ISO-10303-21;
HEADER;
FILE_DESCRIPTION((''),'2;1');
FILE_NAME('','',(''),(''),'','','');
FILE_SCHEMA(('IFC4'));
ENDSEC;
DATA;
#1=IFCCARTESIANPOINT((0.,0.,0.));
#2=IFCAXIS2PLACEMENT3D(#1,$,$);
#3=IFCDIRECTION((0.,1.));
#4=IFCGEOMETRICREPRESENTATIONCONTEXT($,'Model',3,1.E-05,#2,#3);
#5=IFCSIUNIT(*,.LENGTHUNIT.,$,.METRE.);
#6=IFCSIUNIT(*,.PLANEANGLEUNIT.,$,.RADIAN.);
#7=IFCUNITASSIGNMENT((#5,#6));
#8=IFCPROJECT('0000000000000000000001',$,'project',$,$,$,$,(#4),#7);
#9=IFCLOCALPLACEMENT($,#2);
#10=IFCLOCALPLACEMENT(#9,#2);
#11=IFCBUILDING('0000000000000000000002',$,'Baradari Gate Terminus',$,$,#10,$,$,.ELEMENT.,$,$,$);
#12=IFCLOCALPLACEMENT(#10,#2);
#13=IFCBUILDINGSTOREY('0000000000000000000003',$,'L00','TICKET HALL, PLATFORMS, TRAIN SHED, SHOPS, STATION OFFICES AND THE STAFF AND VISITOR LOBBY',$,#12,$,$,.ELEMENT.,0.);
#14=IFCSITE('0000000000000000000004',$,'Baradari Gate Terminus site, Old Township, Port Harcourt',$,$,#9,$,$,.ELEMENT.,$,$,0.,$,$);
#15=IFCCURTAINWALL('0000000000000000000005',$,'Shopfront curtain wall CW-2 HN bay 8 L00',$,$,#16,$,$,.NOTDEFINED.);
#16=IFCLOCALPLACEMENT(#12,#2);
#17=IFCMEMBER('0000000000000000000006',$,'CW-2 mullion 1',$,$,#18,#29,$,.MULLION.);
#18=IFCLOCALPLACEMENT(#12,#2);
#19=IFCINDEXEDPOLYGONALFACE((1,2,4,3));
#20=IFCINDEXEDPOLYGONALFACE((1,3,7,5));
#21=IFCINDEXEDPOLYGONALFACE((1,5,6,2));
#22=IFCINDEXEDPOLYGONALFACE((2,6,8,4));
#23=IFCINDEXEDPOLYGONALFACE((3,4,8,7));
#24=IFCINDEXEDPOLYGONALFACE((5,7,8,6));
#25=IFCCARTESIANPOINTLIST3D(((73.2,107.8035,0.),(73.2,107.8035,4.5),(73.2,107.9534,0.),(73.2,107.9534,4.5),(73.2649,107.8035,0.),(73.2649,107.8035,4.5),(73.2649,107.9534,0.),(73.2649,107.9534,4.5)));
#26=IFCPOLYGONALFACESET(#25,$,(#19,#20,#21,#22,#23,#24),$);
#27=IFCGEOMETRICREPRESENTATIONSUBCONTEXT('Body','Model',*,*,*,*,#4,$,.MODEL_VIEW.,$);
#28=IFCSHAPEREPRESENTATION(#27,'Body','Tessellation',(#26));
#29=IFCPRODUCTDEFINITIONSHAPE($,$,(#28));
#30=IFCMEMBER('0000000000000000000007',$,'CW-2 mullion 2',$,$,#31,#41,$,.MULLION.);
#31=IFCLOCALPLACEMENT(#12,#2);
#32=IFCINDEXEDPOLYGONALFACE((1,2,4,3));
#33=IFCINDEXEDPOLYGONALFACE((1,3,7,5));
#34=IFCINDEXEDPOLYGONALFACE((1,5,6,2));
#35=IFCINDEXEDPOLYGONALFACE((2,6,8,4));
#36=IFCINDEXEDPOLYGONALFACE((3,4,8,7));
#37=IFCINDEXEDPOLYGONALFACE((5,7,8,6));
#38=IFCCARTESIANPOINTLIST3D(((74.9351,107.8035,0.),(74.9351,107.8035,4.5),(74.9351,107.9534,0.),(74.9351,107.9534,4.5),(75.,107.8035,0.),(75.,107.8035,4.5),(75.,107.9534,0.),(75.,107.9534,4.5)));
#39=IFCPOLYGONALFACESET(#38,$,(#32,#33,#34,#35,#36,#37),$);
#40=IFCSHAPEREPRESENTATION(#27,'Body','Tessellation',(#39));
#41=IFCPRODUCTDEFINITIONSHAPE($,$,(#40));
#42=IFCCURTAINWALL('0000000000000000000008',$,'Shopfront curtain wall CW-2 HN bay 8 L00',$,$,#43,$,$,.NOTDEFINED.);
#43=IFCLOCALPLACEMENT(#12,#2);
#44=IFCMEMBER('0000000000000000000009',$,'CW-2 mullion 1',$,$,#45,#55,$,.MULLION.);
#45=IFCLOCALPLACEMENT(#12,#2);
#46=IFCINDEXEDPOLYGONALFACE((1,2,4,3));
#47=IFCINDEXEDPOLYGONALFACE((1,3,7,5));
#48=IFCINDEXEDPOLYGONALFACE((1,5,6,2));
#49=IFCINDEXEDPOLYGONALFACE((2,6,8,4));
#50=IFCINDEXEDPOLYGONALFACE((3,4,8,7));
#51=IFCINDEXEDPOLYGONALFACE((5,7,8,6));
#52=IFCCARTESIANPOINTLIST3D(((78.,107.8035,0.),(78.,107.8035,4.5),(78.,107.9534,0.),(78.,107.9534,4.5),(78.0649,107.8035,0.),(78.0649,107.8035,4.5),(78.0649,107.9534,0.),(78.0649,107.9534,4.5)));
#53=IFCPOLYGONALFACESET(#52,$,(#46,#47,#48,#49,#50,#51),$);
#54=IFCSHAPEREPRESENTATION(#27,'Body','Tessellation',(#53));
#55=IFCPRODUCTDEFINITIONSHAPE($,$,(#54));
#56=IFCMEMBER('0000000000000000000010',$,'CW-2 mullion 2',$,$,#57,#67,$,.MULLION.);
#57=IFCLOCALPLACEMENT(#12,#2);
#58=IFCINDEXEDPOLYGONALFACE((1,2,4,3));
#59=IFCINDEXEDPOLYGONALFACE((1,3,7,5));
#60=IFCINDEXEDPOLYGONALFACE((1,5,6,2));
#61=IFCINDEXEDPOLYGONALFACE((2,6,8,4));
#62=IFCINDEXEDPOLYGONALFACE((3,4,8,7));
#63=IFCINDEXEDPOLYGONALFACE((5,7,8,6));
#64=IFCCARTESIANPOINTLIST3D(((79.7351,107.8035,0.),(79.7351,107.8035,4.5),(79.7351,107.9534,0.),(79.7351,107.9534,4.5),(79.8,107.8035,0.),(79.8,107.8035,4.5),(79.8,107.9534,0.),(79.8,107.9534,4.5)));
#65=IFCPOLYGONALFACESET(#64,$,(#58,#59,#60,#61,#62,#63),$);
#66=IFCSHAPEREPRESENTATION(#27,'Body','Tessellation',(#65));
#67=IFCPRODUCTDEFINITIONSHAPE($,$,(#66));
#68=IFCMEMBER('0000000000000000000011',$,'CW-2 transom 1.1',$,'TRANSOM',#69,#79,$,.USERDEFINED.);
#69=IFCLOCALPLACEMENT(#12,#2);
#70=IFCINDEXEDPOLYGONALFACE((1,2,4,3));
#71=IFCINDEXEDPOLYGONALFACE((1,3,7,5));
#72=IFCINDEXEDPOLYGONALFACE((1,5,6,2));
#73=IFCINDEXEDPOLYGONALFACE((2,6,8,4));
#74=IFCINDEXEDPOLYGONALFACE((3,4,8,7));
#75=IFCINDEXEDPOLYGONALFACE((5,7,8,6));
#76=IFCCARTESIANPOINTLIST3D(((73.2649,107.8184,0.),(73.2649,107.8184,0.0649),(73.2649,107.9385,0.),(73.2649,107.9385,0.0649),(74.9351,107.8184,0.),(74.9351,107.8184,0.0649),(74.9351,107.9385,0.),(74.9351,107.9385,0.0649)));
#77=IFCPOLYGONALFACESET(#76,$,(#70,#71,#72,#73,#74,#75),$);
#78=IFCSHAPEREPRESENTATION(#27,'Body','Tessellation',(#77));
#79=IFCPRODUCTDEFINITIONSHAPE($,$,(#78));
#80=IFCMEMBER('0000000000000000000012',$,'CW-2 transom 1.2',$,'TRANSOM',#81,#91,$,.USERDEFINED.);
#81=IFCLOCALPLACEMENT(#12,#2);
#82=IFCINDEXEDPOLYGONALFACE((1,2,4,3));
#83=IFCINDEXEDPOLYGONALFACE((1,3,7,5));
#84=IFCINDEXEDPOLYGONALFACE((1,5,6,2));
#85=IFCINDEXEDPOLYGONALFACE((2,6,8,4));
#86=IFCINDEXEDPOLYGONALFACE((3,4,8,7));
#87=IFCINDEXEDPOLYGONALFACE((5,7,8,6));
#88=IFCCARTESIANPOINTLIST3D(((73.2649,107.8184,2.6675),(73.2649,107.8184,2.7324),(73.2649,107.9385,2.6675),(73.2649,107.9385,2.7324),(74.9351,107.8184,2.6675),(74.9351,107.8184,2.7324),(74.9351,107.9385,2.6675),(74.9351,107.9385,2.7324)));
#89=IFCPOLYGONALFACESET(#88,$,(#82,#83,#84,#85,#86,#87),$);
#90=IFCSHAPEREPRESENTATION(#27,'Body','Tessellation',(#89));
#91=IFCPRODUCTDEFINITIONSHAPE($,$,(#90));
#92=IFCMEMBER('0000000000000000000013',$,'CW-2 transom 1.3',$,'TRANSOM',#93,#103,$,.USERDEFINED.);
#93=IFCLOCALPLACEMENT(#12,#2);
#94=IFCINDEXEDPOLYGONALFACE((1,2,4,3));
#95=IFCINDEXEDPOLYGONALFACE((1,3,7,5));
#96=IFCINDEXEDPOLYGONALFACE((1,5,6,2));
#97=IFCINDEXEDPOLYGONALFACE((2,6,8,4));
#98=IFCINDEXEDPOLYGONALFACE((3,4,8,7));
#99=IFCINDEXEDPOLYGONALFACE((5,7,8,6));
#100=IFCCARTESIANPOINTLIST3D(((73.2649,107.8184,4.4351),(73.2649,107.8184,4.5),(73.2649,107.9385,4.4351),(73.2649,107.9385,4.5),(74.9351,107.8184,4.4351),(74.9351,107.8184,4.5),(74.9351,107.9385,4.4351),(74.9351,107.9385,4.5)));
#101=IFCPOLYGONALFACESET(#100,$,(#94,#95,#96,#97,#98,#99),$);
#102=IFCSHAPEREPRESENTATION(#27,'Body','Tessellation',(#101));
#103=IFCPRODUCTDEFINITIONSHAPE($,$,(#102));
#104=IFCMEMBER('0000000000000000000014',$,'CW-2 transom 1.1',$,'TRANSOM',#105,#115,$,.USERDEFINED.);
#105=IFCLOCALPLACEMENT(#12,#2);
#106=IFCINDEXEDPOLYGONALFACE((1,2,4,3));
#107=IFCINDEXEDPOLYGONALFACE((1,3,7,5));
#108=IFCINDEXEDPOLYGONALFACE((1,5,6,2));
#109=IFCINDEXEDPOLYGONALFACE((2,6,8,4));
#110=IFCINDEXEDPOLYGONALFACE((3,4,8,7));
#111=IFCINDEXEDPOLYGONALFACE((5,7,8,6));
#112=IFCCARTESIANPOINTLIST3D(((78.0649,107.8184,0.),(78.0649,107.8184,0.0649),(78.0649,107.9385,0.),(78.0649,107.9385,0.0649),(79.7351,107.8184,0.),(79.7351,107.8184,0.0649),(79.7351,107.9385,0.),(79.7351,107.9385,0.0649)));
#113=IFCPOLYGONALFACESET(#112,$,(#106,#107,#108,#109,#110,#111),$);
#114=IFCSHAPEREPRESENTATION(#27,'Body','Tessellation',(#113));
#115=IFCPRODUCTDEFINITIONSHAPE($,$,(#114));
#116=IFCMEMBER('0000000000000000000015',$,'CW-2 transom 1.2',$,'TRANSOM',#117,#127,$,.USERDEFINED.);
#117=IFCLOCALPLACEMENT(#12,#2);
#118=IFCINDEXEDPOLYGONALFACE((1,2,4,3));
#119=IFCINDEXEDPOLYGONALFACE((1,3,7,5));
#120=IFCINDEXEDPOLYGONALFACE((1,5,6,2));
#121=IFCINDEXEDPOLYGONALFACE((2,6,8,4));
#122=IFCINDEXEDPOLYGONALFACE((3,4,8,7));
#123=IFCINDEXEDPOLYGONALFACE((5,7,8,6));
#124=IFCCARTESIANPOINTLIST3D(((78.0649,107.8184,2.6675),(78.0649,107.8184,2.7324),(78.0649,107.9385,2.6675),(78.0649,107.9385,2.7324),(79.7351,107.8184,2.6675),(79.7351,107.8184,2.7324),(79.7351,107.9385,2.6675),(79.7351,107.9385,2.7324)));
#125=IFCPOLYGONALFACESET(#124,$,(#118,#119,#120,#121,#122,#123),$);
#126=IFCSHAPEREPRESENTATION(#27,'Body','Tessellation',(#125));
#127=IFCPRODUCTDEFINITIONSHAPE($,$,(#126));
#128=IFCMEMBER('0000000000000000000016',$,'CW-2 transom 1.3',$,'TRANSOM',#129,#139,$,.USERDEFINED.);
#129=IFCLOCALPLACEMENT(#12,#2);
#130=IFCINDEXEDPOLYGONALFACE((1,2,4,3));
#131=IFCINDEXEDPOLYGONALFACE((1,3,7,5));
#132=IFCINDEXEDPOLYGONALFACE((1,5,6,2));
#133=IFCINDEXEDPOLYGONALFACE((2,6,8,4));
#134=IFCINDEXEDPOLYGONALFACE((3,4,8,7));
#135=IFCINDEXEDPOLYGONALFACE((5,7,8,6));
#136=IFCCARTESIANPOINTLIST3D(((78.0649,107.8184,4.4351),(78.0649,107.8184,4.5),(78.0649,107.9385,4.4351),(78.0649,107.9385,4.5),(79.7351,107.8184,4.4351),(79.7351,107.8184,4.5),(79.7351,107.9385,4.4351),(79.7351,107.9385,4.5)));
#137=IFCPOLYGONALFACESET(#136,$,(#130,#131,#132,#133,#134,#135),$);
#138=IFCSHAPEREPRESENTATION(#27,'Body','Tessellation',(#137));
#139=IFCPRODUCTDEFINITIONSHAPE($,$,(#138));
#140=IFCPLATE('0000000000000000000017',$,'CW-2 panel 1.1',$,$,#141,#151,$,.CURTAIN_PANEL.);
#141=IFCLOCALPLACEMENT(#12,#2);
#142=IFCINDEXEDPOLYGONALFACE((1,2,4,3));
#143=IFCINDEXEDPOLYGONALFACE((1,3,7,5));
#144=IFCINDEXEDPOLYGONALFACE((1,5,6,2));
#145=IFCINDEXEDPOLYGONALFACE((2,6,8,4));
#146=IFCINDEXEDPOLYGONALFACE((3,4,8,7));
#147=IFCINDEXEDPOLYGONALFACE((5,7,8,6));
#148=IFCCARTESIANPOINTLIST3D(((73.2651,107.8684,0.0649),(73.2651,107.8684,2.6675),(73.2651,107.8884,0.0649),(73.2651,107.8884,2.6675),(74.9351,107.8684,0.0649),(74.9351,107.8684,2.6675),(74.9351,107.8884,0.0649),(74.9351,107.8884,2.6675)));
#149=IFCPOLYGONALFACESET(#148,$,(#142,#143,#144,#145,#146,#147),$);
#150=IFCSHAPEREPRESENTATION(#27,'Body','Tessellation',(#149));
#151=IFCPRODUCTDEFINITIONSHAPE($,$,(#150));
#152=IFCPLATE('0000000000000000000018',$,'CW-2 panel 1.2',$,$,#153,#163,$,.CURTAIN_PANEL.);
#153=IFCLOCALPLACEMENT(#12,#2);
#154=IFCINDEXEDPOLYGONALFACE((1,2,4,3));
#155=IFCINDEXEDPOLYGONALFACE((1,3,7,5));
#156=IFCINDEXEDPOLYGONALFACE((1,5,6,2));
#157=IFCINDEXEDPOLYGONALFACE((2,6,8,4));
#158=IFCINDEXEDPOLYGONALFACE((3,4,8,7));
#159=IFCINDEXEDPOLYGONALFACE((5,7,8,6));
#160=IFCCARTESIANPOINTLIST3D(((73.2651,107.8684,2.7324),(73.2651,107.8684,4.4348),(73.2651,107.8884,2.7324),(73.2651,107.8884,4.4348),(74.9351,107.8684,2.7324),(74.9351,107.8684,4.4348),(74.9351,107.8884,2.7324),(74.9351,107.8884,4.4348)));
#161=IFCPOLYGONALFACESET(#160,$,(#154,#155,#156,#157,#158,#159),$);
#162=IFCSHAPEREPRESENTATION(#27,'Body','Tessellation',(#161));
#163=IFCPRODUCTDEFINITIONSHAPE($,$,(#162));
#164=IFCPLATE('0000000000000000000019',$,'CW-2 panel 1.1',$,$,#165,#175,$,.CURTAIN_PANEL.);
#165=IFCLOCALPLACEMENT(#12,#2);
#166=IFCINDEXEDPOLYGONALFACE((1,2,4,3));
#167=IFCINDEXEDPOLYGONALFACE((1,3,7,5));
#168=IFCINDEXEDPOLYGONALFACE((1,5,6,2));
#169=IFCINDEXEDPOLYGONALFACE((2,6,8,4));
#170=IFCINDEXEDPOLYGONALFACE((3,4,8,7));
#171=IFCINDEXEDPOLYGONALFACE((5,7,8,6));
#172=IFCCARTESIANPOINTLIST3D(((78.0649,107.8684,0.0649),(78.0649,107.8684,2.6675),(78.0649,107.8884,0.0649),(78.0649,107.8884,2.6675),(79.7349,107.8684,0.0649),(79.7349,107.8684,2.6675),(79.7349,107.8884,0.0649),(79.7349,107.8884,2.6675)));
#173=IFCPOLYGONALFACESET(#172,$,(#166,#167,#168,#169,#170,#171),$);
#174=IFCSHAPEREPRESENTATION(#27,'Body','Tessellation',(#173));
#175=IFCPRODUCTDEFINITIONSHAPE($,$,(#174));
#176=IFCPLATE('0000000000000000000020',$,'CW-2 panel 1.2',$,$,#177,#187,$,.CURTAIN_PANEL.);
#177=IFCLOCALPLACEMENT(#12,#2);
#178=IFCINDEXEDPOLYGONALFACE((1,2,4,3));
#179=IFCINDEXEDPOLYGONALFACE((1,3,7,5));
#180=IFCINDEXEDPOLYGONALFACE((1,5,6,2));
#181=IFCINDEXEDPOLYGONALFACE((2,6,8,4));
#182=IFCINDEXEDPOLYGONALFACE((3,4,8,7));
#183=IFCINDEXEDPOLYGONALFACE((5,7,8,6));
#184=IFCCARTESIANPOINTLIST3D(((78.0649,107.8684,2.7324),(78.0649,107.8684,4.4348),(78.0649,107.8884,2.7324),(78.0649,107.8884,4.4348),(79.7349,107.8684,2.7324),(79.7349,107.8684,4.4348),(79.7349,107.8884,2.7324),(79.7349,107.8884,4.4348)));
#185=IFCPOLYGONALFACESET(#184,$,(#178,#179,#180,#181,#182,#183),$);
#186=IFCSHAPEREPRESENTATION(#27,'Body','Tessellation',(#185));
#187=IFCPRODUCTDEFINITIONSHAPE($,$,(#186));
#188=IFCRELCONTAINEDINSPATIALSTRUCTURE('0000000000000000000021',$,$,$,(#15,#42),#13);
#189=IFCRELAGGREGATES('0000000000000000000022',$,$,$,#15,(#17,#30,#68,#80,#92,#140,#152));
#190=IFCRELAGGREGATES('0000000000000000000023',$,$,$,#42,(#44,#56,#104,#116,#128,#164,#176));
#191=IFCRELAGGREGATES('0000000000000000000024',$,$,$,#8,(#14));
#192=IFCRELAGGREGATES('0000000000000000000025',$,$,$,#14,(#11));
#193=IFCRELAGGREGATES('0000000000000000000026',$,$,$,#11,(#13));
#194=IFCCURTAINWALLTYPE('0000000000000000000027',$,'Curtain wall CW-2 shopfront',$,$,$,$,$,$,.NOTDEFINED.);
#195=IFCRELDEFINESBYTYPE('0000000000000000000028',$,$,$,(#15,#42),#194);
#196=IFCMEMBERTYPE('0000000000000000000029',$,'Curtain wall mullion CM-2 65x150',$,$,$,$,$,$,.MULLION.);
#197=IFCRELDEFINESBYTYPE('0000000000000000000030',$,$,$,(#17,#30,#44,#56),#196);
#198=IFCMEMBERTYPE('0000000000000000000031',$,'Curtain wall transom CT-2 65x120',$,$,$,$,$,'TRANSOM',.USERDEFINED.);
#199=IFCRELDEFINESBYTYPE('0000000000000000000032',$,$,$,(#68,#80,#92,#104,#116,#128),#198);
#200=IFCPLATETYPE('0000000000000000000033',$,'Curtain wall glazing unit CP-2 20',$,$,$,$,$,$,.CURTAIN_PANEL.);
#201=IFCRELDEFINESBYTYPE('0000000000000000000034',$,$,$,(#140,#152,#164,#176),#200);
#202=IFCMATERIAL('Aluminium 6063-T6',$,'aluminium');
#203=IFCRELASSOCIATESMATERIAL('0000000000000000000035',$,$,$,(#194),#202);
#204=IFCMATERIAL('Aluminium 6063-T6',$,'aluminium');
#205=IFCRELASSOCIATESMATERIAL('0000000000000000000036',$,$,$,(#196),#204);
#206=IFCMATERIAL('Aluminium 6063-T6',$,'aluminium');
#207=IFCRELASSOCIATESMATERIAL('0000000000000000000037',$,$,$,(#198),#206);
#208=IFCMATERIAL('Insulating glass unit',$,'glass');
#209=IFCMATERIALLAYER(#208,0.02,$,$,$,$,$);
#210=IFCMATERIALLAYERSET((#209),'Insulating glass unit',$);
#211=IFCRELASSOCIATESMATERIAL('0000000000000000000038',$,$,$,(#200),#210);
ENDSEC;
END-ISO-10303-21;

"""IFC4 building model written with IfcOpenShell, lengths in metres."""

from ifc_helpers import new_model, si_unit, direction, frame, origin, origin_2d, place, context, subcontext, project, spatial, rectangle, extrude, material, layer, layer_set, material_profile, profile_set, type_object, element, aggregate, save


model = new_model("IFC4")

# Units and contexts
model_context = context("Model", 3, precision=1e-05, world=origin(), true_north=direction((0.0, 1.0)))
body_context = subcontext(model_context, "Body", "Model", "MODEL_VIEW")
ifc_project = project(units=[si_unit("LENGTHUNIT", "METRE"), si_unit("PLANEANGLEUNIT", "RADIAN")], contexts=[model_context])

# Site, building, storey
site_placement = place(None, origin())
site = spatial("IfcSite", under=ifc_project, at=site_placement, Name="Baradari Gate Terminus site, Old Township, Port Harcourt", CompositionType="ELEMENT", RefElevation=0.0)
building_placement = place(site_placement, origin())
building = spatial("IfcBuilding", under=site, at=building_placement, Name="Baradari Gate Terminus", CompositionType="ELEMENT")
storey_placement = place(building_placement, origin())
storey = spatial("IfcBuildingStorey", under=building, at=storey_placement, Name="L00", Description="TICKET HALL, PLATFORMS, TRAIN SHED, SHOPS, STATION OFFICES AND THE STAFF AND VISITOR LOBBY", CompositionType="ELEMENT", Elevation=0.0)

# Curtain walls, members
ifc_material_1 = material(Name="Aluminium 6063-T6", Category="aluminium")
curtain_wall_type = type_object("IfcCurtainWallType", Name="Curtain wall CW-2 shopfront", PredefinedType="NOTDEFINED", material=ifc_material_1)
curtain_wall_1_placement = place(storey_placement, origin())
curtain_wall_1 = element("IfcCurtainWall", 1, at=curtain_wall_1_placement, inside=storey, type_object=curtain_wall_type, Name="Shopfront curtain wall CW-2 HN bay 8 L00", PredefinedType="NOTDEFINED")
ifc_material_2 = material(Name="Aluminium 6063-T6", Category="aluminium")
ifc_material_profile_1 = material_profile(ifc_material_2, rectangle(XDim=0.1499, YDim=0.0649, at=origin_2d()), Name="CM-2 65X150")
ifc_profile_set_1 = profile_set([ifc_material_profile_1], Name="Aluminium 6063-T6")
member_type_1 = type_object("IfcMemberType", Name="Curtain wall mullion CM-2 65x150", PredefinedType="MULLION", material=ifc_profile_set_1)
member_1_placement = place(storey_placement, frame((73.2324, 107.8784, 0.0), z_axis=(0.0, 0.0, 1.0), x_axis=(0.0, 1.0, 0.0)))
member_1 = element("IfcMember", 2, at=member_1_placement, type_object=member_type_1, Name="CW-2 mullion 1", PredefinedType="MULLION", context=body_context, shape_type="SweptSolid", body=[
    extrude(rectangle(XDim=0.1499, YDim=0.0649, at=origin_2d()), origin(), (0.0, 0.0, 1.0), 4.5),
])
member_2_placement = place(storey_placement, frame((74.9675, 107.8784, 0.0), z_axis=(0.0, 0.0, 1.0), x_axis=(0.0, 1.0, 0.0)))
member_2 = element("IfcMember", 3, at=member_2_placement, type_object=member_type_1, Name="CW-2 mullion 2", PredefinedType="MULLION", context=body_context, shape_type="SweptSolid", body=[
    extrude(rectangle(XDim=0.1499, YDim=0.0649, at=origin_2d()), origin(), (0.0, 0.0, 1.0), 4.5),
])
curtain_wall_2_placement = place(storey_placement, origin())
curtain_wall_2 = element("IfcCurtainWall", 4, at=curtain_wall_2_placement, inside=storey, type_object=curtain_wall_type, Name="Shopfront curtain wall CW-2 HN bay 8 L00", PredefinedType="NOTDEFINED")
member_3_placement = place(storey_placement, frame((78.0325, 107.8784, 0.0), z_axis=(0.0, 0.0, 1.0), x_axis=(0.0, 1.0, 0.0)))
member_3 = element("IfcMember", 5, at=member_3_placement, type_object=member_type_1, Name="CW-2 mullion 1", PredefinedType="MULLION", context=body_context, shape_type="SweptSolid", body=[
    extrude(rectangle(XDim=0.1499, YDim=0.0649, at=origin_2d()), origin(), (0.0, 0.0, 1.0), 4.5),
])
member_4_placement = place(storey_placement, frame((79.7676, 107.8784, 0.0), z_axis=(0.0, 0.0, 1.0), x_axis=(0.0, 1.0, 0.0)))
member_4 = element("IfcMember", 6, at=member_4_placement, type_object=member_type_1, Name="CW-2 mullion 2", PredefinedType="MULLION", context=body_context, shape_type="SweptSolid", body=[
    extrude(rectangle(XDim=0.1499, YDim=0.0649, at=origin_2d()), origin(), (0.0, 0.0, 1.0), 4.5),
])

# Members
ifc_material_3 = material(Name="Aluminium 6063-T6", Category="aluminium")
ifc_material_profile_2 = material_profile(ifc_material_3, rectangle(XDim=0.1201, YDim=0.0649, at=origin_2d()), Name="CT-2 65X120")
ifc_profile_set_2 = profile_set([ifc_material_profile_2], Name="Aluminium 6063-T6")
member_type_2 = type_object("IfcMemberType", Name="Curtain wall transom CT-2 65x120", ElementType="TRANSOM", PredefinedType="USERDEFINED", material=ifc_profile_set_2)
member_5_placement = place(storey_placement, frame((73.2649, 107.8784, 0.0325), z_axis=(1.0, 0.0, 0.0), x_axis=(0.0, 1.0, 0.0)))
member_5 = element("IfcMember", 7, at=member_5_placement, type_object=member_type_2, Name="CW-2 transom 1.1", ObjectType="TRANSOM", PredefinedType="USERDEFINED", context=body_context, shape_type="SweptSolid", body=[
    extrude(rectangle(XDim=0.1201, YDim=0.0649, at=origin_2d()), origin(), (0.0, 0.0, 1.0), 1.6702),
])
member_6_placement = place(storey_placement, frame((73.2649, 107.8784, 2.7), z_axis=(1.0, 0.0, 0.0), x_axis=(0.0, 1.0, 0.0)))
member_6 = element("IfcMember", 8, at=member_6_placement, type_object=member_type_2, Name="CW-2 transom 1.2", ObjectType="TRANSOM", PredefinedType="USERDEFINED", context=body_context, shape_type="SweptSolid", body=[
    extrude(rectangle(XDim=0.1201, YDim=0.0649, at=origin_2d()), origin(), (0.0, 0.0, 1.0), 1.6702),
])
member_7_placement = place(storey_placement, frame((73.2649, 107.8784, 4.4675), z_axis=(1.0, 0.0, 0.0), x_axis=(0.0, 1.0, 0.0)))
member_7 = element("IfcMember", 9, at=member_7_placement, type_object=member_type_2, Name="CW-2 transom 1.3", ObjectType="TRANSOM", PredefinedType="USERDEFINED", context=body_context, shape_type="SweptSolid", body=[
    extrude(rectangle(XDim=0.1201, YDim=0.0649, at=origin_2d()), origin(), (0.0, 0.0, 1.0), 1.6702),
])
member_8_placement = place(storey_placement, frame((78.0649, 107.8784, 0.0325), z_axis=(1.0, 0.0, 0.0), x_axis=(0.0, 1.0, 0.0)))
member_8 = element("IfcMember", 10, at=member_8_placement, type_object=member_type_2, Name="CW-2 transom 1.1", ObjectType="TRANSOM", PredefinedType="USERDEFINED", context=body_context, shape_type="SweptSolid", body=[
    extrude(rectangle(XDim=0.1201, YDim=0.0649, at=origin_2d()), origin(), (0.0, 0.0, 1.0), 1.6702),
])
member_9_placement = place(storey_placement, frame((78.0649, 107.8784, 2.7), z_axis=(1.0, 0.0, 0.0), x_axis=(0.0, 1.0, 0.0)))
member_9 = element("IfcMember", 11, at=member_9_placement, type_object=member_type_2, Name="CW-2 transom 1.2", ObjectType="TRANSOM", PredefinedType="USERDEFINED", context=body_context, shape_type="SweptSolid", body=[
    extrude(rectangle(XDim=0.1201, YDim=0.0649, at=origin_2d()), origin(), (0.0, 0.0, 1.0), 1.6702),
])
member_10_placement = place(storey_placement, frame((78.0649, 107.8784, 4.4675), z_axis=(1.0, 0.0, 0.0), x_axis=(0.0, 1.0, 0.0)))
member_10 = element("IfcMember", 12, at=member_10_placement, type_object=member_type_2, Name="CW-2 transom 1.3", ObjectType="TRANSOM", PredefinedType="USERDEFINED", context=body_context, shape_type="SweptSolid", body=[
    extrude(rectangle(XDim=0.1201, YDim=0.0649, at=origin_2d()), origin(), (0.0, 0.0, 1.0), 1.6702),
])

# Plates
ifc_material_4 = material(Name="Insulating glass unit", Category="glass")
ifc_layer_1 = layer(ifc_material_4, 0.02)
ifc_layer_set_1 = layer_set([ifc_layer_1], Name="Insulating glass unit")
plate_type = type_object("IfcPlateType", Name="Curtain wall glazing unit CP-2 20", PredefinedType="CURTAIN_PANEL", material=ifc_layer_set_1)
plate_1_placement = place(storey_placement, frame((74.1001, 107.8784, 0.0649), z_axis=(0.0, 0.0, 1.0), x_axis=(1.0, 0.0, 0.0)))
plate_1 = element("IfcPlate", 13, at=plate_1_placement, type_object=plate_type, Name="CW-2 panel 1.1", PredefinedType="CURTAIN_PANEL", context=body_context, shape_type="SweptSolid", body=[
    extrude(rectangle(XDim=1.6699, YDim=0.02, at=origin_2d()), origin(), (0.0, 0.0, 1.0), 2.6025),
])
plate_2_placement = place(storey_placement, frame((74.1001, 107.8784, 2.7324), z_axis=(0.0, 0.0, 1.0), x_axis=(1.0, 0.0, 0.0)))
plate_2 = element("IfcPlate", 14, at=plate_2_placement, type_object=plate_type, Name="CW-2 panel 1.2", PredefinedType="CURTAIN_PANEL", context=body_context, shape_type="SweptSolid", body=[
    extrude(rectangle(XDim=1.6699, YDim=0.02, at=origin_2d()), origin(), (0.0, 0.0, 1.0), 1.7024),
])
aggregate(curtain_wall_1, [member_1, member_2, member_5, member_6, member_7, plate_1, plate_2])
plate_3_placement = place(storey_placement, frame((78.8999, 107.8784, 0.0649), z_axis=(0.0, 0.0, 1.0), x_axis=(1.0, 0.0, 0.0)))
plate_3 = element("IfcPlate", 15, at=plate_3_placement, type_object=plate_type, Name="CW-2 panel 1.1", PredefinedType="CURTAIN_PANEL", context=body_context, shape_type="SweptSolid", body=[
    extrude(rectangle(XDim=1.6699, YDim=0.02, at=origin_2d()), origin(), (0.0, 0.0, 1.0), 2.6025),
])
plate_4_placement = place(storey_placement, frame((78.8999, 107.8784, 2.7324), z_axis=(0.0, 0.0, 1.0), x_axis=(1.0, 0.0, 0.0)))
plate_4 = element("IfcPlate", 16, at=plate_4_placement, type_object=plate_type, Name="CW-2 panel 1.2", PredefinedType="CURTAIN_PANEL", context=body_context, shape_type="SweptSolid", body=[
    extrude(rectangle(XDim=1.6699, YDim=0.02, at=origin_2d()), origin(), (0.0, 0.0, 1.0), 1.7024),
])
aggregate(curtain_wall_2, [member_3, member_4, member_8, member_9, member_10, plate_3, plate_4])

save(model, "model.ifc")
